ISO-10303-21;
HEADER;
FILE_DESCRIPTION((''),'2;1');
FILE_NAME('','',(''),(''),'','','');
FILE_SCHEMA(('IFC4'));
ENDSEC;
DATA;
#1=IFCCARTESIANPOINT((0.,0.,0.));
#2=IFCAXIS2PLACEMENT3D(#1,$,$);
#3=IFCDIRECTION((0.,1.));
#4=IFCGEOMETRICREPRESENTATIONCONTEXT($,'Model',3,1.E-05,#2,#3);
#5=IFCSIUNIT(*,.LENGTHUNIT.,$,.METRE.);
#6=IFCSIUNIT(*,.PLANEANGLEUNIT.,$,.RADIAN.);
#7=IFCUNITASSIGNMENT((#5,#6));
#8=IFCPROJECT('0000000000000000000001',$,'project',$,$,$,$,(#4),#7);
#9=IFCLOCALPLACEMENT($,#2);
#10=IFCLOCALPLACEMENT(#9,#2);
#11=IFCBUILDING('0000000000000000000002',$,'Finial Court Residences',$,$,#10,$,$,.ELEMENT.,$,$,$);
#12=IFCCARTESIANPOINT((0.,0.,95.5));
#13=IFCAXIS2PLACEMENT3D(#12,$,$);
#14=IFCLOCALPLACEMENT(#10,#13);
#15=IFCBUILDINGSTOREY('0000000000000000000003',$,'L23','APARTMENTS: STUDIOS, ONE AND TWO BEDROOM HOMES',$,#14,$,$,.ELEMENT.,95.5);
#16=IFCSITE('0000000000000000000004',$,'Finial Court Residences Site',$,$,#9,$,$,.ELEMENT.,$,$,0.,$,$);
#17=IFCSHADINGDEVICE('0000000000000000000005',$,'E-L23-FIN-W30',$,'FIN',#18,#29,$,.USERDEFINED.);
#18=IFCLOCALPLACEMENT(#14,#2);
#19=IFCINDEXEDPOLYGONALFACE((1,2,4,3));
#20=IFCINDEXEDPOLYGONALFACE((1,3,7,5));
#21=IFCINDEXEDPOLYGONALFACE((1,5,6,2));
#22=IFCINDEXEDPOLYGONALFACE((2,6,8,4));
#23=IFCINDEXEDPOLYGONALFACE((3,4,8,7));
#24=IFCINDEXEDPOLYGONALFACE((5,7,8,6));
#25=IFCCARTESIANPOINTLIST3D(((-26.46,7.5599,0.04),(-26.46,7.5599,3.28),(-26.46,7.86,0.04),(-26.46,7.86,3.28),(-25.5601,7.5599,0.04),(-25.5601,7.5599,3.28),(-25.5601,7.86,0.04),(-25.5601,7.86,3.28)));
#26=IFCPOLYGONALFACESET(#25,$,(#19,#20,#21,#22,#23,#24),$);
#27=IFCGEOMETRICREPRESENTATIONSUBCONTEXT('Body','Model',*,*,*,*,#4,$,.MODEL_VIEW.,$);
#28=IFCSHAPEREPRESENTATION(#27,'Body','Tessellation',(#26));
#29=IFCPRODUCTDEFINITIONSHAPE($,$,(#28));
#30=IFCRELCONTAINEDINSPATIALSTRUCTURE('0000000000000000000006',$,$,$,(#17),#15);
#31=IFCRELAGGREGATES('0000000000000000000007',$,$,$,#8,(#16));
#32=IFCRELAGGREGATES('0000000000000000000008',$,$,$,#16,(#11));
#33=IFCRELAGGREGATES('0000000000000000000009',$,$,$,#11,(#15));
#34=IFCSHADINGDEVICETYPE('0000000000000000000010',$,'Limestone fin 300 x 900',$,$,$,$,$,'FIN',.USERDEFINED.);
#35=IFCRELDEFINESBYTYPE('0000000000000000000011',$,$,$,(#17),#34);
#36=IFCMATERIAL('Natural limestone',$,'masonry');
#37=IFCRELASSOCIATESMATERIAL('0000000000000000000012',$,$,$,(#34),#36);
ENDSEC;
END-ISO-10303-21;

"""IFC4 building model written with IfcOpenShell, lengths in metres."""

from ifc_helpers import new_model, si_unit, direction, frame, origin, origin_2d, place, context, subcontext, project, spatial, rectangle, extrude, material, type_object, element, save


model = new_model("IFC4")

# Units and contexts
model_context = context("Model", 3, precision=1e-05, world=origin(), true_north=direction((0.0, 1.0)))
body_context = subcontext(model_context, "Body", "Model", "MODEL_VIEW")
ifc_project = project(units=[si_unit("LENGTHUNIT", "METRE"), si_unit("PLANEANGLEUNIT", "RADIAN")], contexts=[model_context])

# Site, building, storey
site_placement = place(None, origin())
site = spatial("IfcSite", under=ifc_project, at=site_placement, Name="Finial Court Residences Site", CompositionType="ELEMENT", RefElevation=0.0)
building_placement = place(site_placement, origin())
building = spatial("IfcBuilding", under=site, at=building_placement, Name="Finial Court Residences", CompositionType="ELEMENT")
storey_placement = place(building_placement, frame((0.0, 0.0, 95.5)))
storey = spatial("IfcBuildingStorey", under=building, at=storey_placement, Name="L23", Description="APARTMENTS: STUDIOS, ONE AND TWO BEDROOM HOMES", CompositionType="ELEMENT", Elevation=95.5)

# Shared definitions
ifc_material_1 = material(Name="Natural limestone", Category="masonry")

# Shading device
shading_device_type = type_object("IfcShadingDeviceType", Name="Limestone fin 300 x 900", ElementType="FIN", PredefinedType="USERDEFINED", material=ifc_material_1)
shading_device_1_placement = place(storey_placement, frame((-26.01, 7.71, 0.04), z_axis=(0.0, 0.0, 1.0), x_axis=(1.0, 0.0, 0.0)))
element("IfcShadingDevice", 1, at=shading_device_1_placement, inside=storey, type_object=shading_device_type, Name="E-L23-FIN-W30", ObjectType="FIN", PredefinedType="USERDEFINED", context=body_context, shape_type="SweptSolid", body=[
    extrude(rectangle(XDim=0.8999, YDim=0.3, at=origin_2d()), origin(), (0.0, 0.0, 1.0), 3.24),
])

save(model, "model.ifc")
